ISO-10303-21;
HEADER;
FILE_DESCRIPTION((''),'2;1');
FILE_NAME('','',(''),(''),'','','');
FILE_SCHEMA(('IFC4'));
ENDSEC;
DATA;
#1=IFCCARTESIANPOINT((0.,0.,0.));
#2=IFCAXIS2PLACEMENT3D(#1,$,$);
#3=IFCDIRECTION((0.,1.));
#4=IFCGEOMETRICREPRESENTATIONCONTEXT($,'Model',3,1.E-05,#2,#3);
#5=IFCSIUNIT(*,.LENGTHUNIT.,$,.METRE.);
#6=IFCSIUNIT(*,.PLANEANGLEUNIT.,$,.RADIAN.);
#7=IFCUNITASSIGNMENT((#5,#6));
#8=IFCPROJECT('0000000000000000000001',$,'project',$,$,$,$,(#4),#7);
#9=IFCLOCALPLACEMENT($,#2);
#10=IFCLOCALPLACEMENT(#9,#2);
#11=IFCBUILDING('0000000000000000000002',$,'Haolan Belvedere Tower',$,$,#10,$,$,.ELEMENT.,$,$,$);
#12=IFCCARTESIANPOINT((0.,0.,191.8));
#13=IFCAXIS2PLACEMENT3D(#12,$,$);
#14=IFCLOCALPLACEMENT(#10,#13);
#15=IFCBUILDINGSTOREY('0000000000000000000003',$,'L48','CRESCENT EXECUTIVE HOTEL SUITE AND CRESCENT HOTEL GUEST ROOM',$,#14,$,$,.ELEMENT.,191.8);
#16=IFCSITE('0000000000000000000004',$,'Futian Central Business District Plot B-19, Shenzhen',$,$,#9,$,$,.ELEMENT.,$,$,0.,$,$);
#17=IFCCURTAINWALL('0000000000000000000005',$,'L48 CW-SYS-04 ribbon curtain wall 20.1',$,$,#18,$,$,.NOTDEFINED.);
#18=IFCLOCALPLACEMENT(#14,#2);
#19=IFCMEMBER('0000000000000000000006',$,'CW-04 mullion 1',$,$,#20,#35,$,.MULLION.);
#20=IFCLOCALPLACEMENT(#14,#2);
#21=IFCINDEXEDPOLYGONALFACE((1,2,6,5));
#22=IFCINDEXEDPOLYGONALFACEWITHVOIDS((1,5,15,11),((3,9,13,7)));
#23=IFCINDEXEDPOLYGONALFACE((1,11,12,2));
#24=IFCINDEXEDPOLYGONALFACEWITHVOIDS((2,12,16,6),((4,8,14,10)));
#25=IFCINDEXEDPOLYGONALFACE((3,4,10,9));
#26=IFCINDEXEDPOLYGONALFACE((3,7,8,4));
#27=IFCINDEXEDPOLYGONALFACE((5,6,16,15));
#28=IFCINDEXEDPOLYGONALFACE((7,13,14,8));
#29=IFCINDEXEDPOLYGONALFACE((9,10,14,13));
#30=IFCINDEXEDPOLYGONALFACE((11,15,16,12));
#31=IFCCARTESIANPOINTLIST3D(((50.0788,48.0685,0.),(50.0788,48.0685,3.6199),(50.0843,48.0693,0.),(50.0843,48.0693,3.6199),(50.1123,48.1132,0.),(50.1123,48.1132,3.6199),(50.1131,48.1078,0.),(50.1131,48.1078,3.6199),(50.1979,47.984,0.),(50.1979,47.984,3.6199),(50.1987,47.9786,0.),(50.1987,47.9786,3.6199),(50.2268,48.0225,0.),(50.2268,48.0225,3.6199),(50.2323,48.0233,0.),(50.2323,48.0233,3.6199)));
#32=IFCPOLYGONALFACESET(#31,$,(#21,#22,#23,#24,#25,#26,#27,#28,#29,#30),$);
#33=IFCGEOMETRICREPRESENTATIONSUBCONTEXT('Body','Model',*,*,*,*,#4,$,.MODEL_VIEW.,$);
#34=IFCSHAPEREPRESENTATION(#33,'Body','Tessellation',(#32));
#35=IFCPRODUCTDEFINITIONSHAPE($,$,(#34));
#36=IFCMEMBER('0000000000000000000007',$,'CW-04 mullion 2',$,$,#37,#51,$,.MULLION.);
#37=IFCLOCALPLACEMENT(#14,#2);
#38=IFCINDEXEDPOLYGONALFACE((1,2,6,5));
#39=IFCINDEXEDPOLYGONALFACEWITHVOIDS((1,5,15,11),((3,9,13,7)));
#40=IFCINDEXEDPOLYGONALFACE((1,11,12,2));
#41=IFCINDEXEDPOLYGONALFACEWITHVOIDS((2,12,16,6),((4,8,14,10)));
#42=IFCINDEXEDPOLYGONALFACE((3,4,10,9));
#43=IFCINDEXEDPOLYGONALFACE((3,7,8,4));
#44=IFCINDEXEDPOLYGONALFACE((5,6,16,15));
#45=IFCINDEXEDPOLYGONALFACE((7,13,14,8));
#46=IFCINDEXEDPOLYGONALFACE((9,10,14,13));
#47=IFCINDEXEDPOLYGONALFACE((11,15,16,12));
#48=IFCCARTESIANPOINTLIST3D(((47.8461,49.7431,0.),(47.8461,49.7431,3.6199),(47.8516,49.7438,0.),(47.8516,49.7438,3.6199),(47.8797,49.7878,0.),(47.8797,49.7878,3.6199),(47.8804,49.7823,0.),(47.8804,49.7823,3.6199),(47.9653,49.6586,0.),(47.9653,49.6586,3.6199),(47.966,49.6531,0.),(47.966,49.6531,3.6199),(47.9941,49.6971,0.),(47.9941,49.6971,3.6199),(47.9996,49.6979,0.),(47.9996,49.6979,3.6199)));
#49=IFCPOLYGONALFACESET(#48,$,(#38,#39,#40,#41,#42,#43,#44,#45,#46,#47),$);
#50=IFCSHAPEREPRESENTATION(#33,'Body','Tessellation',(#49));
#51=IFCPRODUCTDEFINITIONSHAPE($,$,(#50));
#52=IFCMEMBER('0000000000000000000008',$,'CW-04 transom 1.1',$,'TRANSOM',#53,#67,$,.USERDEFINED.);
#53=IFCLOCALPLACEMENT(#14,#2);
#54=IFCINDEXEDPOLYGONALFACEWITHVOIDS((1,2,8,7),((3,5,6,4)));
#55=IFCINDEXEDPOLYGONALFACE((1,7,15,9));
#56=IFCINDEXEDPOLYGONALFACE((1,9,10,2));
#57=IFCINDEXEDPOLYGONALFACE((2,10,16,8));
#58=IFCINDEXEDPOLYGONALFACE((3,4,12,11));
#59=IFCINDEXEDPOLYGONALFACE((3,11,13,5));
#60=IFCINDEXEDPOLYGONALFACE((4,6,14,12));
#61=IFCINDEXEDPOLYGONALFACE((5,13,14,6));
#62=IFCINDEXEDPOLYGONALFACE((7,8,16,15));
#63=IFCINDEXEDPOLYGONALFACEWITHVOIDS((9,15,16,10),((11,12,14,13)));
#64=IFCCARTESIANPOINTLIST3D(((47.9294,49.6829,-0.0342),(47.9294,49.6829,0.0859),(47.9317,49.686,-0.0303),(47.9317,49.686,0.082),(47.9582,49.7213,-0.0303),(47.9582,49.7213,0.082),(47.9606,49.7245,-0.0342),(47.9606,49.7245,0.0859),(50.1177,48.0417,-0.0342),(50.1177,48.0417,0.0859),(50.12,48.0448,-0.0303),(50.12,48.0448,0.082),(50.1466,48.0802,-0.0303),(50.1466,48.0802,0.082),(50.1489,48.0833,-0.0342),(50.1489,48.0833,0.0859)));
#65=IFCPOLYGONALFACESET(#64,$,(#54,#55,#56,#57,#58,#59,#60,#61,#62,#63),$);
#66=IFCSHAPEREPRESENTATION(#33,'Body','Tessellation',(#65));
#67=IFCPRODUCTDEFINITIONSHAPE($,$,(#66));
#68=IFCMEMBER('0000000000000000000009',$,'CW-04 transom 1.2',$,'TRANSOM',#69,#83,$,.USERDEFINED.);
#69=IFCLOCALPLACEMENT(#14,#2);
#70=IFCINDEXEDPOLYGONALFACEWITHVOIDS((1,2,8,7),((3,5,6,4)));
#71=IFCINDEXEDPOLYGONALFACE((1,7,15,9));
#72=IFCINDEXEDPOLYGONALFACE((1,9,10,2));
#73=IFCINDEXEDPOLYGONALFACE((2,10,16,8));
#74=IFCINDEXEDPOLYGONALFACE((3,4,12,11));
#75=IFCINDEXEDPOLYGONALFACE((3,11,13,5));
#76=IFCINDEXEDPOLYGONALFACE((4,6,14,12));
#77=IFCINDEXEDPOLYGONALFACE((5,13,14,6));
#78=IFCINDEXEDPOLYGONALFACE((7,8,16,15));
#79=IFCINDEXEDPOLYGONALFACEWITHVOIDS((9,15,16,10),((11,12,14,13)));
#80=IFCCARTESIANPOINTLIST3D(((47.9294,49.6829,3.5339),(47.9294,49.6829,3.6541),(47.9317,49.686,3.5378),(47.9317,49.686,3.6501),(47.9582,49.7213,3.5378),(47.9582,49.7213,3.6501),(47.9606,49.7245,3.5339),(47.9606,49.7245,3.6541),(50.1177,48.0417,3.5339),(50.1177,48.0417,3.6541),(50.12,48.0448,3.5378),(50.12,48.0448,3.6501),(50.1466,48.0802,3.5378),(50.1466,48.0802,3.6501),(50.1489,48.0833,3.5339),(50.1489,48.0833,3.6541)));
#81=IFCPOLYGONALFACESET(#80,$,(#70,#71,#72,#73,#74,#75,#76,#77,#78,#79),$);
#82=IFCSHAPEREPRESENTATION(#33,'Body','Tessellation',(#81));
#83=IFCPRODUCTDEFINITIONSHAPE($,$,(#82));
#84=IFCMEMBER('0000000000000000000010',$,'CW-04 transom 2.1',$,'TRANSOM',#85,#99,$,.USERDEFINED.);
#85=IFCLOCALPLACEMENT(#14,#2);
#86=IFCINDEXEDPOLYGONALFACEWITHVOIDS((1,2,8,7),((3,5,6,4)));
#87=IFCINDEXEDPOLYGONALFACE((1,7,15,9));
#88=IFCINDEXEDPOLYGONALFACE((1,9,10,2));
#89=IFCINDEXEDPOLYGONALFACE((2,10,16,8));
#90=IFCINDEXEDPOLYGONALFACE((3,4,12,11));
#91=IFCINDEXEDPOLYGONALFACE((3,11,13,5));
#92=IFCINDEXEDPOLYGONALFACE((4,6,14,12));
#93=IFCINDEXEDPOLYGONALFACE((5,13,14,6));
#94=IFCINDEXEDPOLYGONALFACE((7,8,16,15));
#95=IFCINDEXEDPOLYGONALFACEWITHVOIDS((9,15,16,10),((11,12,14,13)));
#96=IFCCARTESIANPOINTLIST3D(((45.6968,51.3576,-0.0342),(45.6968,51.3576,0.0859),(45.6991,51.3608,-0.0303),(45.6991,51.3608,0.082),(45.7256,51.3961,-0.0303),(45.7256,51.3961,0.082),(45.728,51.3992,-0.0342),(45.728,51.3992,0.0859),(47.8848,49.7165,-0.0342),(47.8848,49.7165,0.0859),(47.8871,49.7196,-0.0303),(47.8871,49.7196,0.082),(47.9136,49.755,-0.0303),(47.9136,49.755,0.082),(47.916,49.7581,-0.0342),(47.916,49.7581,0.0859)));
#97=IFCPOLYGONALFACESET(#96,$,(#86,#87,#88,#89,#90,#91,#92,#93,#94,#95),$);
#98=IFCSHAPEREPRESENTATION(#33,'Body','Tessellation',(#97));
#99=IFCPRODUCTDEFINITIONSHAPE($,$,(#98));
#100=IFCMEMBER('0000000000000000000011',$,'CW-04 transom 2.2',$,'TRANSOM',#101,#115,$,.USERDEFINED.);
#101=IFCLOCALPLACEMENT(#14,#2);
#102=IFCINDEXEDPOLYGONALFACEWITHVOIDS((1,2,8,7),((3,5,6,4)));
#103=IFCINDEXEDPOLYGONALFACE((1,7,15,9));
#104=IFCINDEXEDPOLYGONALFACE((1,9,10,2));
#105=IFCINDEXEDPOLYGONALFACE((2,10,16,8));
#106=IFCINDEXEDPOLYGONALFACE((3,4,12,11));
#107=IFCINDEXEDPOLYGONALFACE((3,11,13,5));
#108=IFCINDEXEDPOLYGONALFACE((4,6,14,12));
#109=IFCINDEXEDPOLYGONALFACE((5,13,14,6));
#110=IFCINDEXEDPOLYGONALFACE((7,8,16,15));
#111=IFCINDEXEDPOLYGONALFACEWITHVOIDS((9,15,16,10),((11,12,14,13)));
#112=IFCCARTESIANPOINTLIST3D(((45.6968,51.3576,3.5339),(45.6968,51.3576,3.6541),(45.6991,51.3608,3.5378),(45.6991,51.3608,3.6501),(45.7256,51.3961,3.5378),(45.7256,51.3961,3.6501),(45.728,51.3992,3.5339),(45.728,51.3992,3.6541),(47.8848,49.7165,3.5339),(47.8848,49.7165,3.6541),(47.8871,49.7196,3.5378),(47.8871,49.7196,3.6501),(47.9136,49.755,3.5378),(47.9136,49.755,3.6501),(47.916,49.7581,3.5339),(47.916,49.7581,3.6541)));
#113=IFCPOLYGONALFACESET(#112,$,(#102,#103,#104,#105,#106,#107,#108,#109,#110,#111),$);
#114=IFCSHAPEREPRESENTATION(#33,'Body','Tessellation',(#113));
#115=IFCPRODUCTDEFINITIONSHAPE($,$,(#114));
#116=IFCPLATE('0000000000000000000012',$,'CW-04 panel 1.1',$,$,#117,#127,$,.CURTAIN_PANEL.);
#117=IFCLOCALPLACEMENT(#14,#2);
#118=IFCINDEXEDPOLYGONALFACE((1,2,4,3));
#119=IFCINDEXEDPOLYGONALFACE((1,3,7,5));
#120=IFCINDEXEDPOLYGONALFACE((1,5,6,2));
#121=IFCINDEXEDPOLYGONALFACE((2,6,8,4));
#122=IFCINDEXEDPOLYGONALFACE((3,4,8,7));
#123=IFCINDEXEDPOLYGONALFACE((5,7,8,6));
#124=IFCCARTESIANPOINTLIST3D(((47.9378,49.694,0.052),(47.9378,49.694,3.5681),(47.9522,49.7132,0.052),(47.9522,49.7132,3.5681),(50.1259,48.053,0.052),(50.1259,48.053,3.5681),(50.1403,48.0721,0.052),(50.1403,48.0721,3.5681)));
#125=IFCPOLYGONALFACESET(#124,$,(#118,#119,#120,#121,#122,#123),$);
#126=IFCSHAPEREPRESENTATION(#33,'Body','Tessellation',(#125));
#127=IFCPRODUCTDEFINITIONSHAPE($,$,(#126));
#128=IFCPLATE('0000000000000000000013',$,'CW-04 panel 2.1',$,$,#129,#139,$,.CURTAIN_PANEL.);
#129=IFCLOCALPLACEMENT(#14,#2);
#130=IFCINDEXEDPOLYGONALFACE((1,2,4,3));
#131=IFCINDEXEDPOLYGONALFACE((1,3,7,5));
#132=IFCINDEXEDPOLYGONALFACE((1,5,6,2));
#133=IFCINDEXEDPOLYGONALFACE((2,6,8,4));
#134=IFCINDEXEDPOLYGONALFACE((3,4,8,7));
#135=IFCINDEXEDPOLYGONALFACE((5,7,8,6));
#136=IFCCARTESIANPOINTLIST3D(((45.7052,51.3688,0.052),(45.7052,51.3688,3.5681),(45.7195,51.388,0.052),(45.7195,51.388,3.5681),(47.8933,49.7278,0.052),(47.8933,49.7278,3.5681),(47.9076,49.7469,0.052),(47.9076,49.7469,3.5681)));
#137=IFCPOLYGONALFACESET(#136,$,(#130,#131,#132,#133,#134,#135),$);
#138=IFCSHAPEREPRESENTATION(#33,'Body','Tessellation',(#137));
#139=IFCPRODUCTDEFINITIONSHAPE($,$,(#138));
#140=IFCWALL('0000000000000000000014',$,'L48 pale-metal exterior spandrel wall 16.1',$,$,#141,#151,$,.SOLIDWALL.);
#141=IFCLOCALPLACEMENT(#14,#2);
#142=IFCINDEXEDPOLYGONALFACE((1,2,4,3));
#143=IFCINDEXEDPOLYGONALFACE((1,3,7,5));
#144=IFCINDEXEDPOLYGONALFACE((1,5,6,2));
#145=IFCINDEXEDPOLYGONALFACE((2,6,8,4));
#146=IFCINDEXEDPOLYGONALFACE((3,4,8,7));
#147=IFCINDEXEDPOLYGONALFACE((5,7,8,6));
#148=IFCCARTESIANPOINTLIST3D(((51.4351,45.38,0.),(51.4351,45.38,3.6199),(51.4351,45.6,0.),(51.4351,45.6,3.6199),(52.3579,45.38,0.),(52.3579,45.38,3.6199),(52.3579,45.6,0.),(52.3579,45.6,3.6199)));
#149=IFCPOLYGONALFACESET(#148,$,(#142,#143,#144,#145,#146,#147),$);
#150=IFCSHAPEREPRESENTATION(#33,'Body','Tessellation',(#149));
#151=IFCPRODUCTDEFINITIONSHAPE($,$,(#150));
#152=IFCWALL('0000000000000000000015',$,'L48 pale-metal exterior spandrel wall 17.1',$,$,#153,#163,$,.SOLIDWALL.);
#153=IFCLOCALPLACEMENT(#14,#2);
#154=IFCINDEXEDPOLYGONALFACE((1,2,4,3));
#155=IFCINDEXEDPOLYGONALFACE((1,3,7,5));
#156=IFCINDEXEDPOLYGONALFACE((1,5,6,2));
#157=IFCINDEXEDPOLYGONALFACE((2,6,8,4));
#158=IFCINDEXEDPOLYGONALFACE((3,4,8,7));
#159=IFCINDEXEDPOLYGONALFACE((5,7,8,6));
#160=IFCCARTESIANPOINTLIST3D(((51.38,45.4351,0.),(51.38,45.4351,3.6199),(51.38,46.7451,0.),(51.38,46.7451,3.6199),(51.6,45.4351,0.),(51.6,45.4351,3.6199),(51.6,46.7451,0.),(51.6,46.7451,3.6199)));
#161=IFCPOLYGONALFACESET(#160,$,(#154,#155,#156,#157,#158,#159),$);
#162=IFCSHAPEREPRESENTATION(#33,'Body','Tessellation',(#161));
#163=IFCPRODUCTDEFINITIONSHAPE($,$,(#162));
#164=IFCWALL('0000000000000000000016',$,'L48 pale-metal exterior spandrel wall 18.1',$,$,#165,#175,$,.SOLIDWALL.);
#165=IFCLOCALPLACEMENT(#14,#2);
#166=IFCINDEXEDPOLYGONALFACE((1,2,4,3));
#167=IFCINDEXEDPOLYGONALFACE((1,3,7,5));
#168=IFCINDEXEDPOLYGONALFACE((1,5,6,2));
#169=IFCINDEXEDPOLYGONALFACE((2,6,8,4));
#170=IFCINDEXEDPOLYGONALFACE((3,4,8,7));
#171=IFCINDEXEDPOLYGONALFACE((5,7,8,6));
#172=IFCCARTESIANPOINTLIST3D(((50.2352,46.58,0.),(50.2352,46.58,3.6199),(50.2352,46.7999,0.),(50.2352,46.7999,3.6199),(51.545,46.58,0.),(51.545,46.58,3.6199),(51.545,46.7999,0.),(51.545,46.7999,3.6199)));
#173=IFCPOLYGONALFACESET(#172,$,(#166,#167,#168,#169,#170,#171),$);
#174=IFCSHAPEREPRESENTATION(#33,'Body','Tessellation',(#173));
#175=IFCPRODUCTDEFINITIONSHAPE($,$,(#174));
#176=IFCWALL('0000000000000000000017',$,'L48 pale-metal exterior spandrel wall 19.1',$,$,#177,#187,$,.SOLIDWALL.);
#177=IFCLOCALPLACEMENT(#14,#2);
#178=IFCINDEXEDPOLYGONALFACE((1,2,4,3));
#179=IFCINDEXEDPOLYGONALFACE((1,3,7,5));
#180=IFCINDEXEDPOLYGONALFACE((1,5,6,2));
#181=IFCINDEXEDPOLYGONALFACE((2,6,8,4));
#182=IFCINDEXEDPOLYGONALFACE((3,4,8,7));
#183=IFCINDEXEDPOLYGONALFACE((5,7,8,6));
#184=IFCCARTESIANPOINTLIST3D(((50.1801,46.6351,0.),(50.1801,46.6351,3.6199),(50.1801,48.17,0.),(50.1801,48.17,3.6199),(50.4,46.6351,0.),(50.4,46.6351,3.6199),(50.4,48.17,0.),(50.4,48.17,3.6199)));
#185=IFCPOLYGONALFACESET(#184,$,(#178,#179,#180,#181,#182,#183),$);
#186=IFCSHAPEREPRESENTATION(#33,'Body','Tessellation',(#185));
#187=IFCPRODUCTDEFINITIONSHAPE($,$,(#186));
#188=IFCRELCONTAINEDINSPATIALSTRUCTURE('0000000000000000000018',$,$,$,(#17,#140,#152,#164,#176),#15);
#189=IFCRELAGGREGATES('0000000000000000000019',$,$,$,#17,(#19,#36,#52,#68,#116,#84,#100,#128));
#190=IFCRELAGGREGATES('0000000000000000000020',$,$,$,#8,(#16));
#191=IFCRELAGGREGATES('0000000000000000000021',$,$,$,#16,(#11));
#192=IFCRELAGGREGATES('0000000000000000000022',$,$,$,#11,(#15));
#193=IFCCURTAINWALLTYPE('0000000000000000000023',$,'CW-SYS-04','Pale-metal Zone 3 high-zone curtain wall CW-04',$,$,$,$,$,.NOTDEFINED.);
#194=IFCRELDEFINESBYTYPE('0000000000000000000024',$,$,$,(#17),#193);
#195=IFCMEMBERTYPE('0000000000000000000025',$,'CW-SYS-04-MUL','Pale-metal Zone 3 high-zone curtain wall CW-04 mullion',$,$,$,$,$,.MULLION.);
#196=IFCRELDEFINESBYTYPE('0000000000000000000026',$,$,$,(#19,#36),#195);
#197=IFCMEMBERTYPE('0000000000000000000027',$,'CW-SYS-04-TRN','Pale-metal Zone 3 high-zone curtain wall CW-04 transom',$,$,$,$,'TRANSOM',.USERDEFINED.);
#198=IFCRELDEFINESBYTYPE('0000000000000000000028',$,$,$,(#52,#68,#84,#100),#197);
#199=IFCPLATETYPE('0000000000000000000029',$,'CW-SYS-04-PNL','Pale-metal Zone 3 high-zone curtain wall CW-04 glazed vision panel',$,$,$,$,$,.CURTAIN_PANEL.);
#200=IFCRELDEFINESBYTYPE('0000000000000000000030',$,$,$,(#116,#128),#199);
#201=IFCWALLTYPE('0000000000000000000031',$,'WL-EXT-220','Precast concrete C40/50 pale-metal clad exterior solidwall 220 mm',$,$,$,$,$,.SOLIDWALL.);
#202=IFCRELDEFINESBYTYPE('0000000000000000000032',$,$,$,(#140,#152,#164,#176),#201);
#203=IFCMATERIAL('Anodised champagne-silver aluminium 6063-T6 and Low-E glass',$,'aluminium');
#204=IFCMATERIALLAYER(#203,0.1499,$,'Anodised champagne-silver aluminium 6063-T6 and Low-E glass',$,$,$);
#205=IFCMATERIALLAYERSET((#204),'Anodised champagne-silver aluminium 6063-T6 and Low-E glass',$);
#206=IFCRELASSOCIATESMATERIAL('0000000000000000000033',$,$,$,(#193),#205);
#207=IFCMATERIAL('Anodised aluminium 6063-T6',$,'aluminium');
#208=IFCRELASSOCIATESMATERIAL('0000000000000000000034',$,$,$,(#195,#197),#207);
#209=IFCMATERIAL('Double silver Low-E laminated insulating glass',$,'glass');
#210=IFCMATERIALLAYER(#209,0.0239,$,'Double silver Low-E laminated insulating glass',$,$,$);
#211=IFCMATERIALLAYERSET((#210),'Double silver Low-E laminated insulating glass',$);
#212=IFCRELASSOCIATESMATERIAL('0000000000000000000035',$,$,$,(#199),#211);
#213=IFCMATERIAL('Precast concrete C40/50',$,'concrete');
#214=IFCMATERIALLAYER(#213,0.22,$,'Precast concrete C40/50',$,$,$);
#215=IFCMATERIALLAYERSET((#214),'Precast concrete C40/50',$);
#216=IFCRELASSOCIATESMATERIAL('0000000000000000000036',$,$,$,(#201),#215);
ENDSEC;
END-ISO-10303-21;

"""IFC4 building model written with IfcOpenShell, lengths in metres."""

from ifc_helpers import new_model, si_unit, direction, frame, frame_2d, origin, origin_2d, place, context, subcontext, project, spatial, rectangle, hollow_rectangle, extrude, material, layer, layer_set, material_profile, profile_set, type_object, element, aggregate, save


model = new_model("IFC4")

# Units and contexts
model_context = context("Model", 3, precision=1e-05, world=origin(), true_north=direction((0.0, 1.0)))
body_context = subcontext(model_context, "Body", "Model", "MODEL_VIEW")
ifc_project = project(units=[si_unit("LENGTHUNIT", "METRE"), si_unit("PLANEANGLEUNIT", "RADIAN")], contexts=[model_context])

# Site, building, storey
site_placement = place(None, origin())
site = spatial("IfcSite", under=ifc_project, at=site_placement, Name="Futian Central Business District Plot B-19, Shenzhen", CompositionType="ELEMENT", RefElevation=0.0)
building_placement = place(site_placement, origin())
building = spatial("IfcBuilding", under=site, at=building_placement, Name="Haolan Belvedere Tower", CompositionType="ELEMENT")
storey_placement = place(building_placement, frame((0.0, 0.0, 191.8)))
storey = spatial("IfcBuildingStorey", under=building, at=storey_placement, Name="L48", Description="CRESCENT EXECUTIVE HOTEL SUITE AND CRESCENT HOTEL GUEST ROOM", CompositionType="ELEMENT", Elevation=191.8)

# Curtain wall, members, plates
ifc_material_1 = material(Name="Anodised champagne-silver aluminium 6063-T6 and Low-E glass", Category="aluminium")
ifc_layer_1 = layer(ifc_material_1, 0.1499, Name="Anodised champagne-silver aluminium 6063-T6 and Low-E glass")
ifc_layer_set_1 = layer_set([ifc_layer_1], Name="Anodised champagne-silver aluminium 6063-T6 and Low-E glass")
curtain_wall_type = type_object("IfcCurtainWallType", Name="CW-SYS-04", Description="Pale-metal Zone 3 high-zone curtain wall CW-04", PredefinedType="NOTDEFINED", material=ifc_layer_set_1)
curtain_wall_placement = place(storey_placement, origin())
curtain_wall = element("IfcCurtainWall", 1, at=curtain_wall_placement, inside=storey, type_object=curtain_wall_type, Name="L48 CW-SYS-04 ribbon curtain wall 20.1", PredefinedType="NOTDEFINED")
ifc_material_2 = material(Name="Anodised aluminium 6063-T6", Category="aluminium")
ifc_material_profile_1 = material_profile(ifc_material_2, hollow_rectangle(XDim=0.0559, YDim=0.1499, WallThickness=0.0039, at=origin_2d()), Name="Anodised aluminium 6063-T6")
ifc_profile_set_1 = profile_set([ifc_material_profile_1], Name="Anodised aluminium 6063-T6")
member_type_1 = type_object("IfcMemberType", Name="CW-SYS-04-MUL", Description="Pale-metal Zone 3 high-zone curtain wall CW-04 mullion", PredefinedType="MULLION", material=ifc_profile_set_1)
member_1_placement = place(storey_placement, frame((50.1555, 48.0459, 0.0), z_axis=(0.0, 0.0, 1.0), x_axis=(-0.600003, -0.799998, 0.0)))
member_1 = element("IfcMember", 2, at=member_1_placement, type_object=member_type_1, Name="CW-04 mullion 1", PredefinedType="MULLION", context=body_context, shape_type="SweptSolid", body=[
    extrude(hollow_rectangle(XDim=0.0559, YDim=0.1499, WallThickness=0.0039, at=origin_2d()), origin(), (0.0, 0.0, 1.0), 3.6199),
])
member_2_placement = place(storey_placement, frame((47.9229, 49.7205, 0.0), z_axis=(0.0, 0.0, 1.0), x_axis=(-0.600003, -0.799998, 0.0)))
member_2 = element("IfcMember", 3, at=member_2_placement, type_object=member_type_1, Name="CW-04 mullion 2", PredefinedType="MULLION", context=body_context, shape_type="SweptSolid", body=[
    extrude(hollow_rectangle(XDim=0.0559, YDim=0.1499, WallThickness=0.0039, at=origin_2d()), origin(), (0.0, 0.0, 1.0), 3.6199),
])
ifc_material_profile_2 = material_profile(ifc_material_2, hollow_rectangle(XDim=0.052, YDim=0.1201, WallThickness=0.0039, at=origin_2d()), Name="Anodised aluminium 6063-T6")
ifc_profile_set_2 = profile_set([ifc_material_profile_2], Name="Anodised aluminium 6063-T6")
member_type_2 = type_object("IfcMemberType", Name="CW-SYS-04-TRN", Description="Pale-metal Zone 3 high-zone curtain wall CW-04 transom", ElementType="TRANSOM", PredefinedType="USERDEFINED", material=ifc_profile_set_2)
member_3_placement = place(storey_placement, frame((50.1333, 48.0625, 0.0259), z_axis=(-0.800011, 0.599986, 0.0), x_axis=(-0.599986, -0.800011, 0.0)))
member_3 = element("IfcMember", 4, at=member_3_placement, type_object=member_type_2, Name="CW-04 transom 1.1", ObjectType="TRANSOM", PredefinedType="USERDEFINED", context=body_context, shape_type="SweptSolid", body=[
    extrude(hollow_rectangle(XDim=0.052, YDim=0.1201, WallThickness=0.0039, at=origin_2d()), origin(), (0.0, 0.0, 1.0), 2.7354),
])
member_4_placement = place(storey_placement, frame((50.1333, 48.0625, 3.594), z_axis=(-0.800011, 0.599986, 0.0), x_axis=(-0.599986, -0.800011, 0.0)))
member_4 = element("IfcMember", 5, at=member_4_placement, type_object=member_type_2, Name="CW-04 transom 1.2", ObjectType="TRANSOM", PredefinedType="USERDEFINED", context=body_context, shape_type="SweptSolid", body=[
    extrude(hollow_rectangle(XDim=0.052, YDim=0.1201, WallThickness=0.0039, at=origin_2d()), origin(), (0.0, 0.0, 1.0), 2.7354),
])
member_5_placement = place(storey_placement, frame((47.9004, 49.7373, 0.0259), z_axis=(-0.799979, 0.600029, 0.0), x_axis=(-0.600029, -0.799979, 0.0)))
member_5 = element("IfcMember", 6, at=member_5_placement, type_object=member_type_2, Name="CW-04 transom 2.1", ObjectType="TRANSOM", PredefinedType="USERDEFINED", context=body_context, shape_type="SweptSolid", body=[
    extrude(hollow_rectangle(XDim=0.052, YDim=0.1201, WallThickness=0.0039, at=origin_2d()), origin(), (0.0, 0.0, 1.0), 2.7351),
])
member_6_placement = place(storey_placement, frame((47.9004, 49.7373, 3.594), z_axis=(-0.799979, 0.600029, 0.0), x_axis=(-0.600029, -0.799979, 0.0)))
member_6 = element("IfcMember", 7, at=member_6_placement, type_object=member_type_2, Name="CW-04 transom 2.2", ObjectType="TRANSOM", PredefinedType="USERDEFINED", context=body_context, shape_type="SweptSolid", body=[
    extrude(hollow_rectangle(XDim=0.052, YDim=0.1201, WallThickness=0.0039, at=origin_2d()), origin(), (0.0, 0.0, 1.0), 2.7351),
])
ifc_material_3 = material(Name="Double silver Low-E laminated insulating glass", Category="glass")
ifc_layer_2 = layer(ifc_material_3, 0.0239, Name="Double silver Low-E laminated insulating glass")
ifc_layer_set_2 = layer_set([ifc_layer_2], Name="Double silver Low-E laminated insulating glass")
plate_type = type_object("IfcPlateType", Name="CW-SYS-04-PNL", Description="Pale-metal Zone 3 high-zone curtain wall CW-04 glazed vision panel", PredefinedType="CURTAIN_PANEL", material=ifc_layer_set_2)
plate_1_placement = place(storey_placement, frame((49.0391, 48.8831, 0.052), z_axis=(0.0, 0.0, 1.0), x_axis=(-0.799998, 0.600003, 0.0)))
plate_1 = element("IfcPlate", 8, at=plate_1_placement, type_object=plate_type, Name="CW-04 panel 1.1", PredefinedType="CURTAIN_PANEL", context=body_context, shape_type="SweptSolid", body=[
    extrude(rectangle(XDim=2.7351, YDim=0.0239, at=origin_2d()), origin(), (0.0, 0.0, 1.0), 3.5161),
])
plate_2_placement = place(storey_placement, frame((46.8064, 50.5579, 0.052), z_axis=(0.0, 0.0, 1.0), x_axis=(-0.799998, 0.600003, 0.0)))
plate_2 = element("IfcPlate", 9, at=plate_2_placement, type_object=plate_type, Name="CW-04 panel 2.1", PredefinedType="CURTAIN_PANEL", context=body_context, shape_type="SweptSolid", body=[
    extrude(rectangle(XDim=2.7351, YDim=0.0239, at=origin_2d()), origin(), (0.0, 0.0, 1.0), 3.5161),
])
aggregate(curtain_wall, [member_1, member_2, member_3, member_4, plate_1, member_5, member_6, plate_2])

# Walls
ifc_material_4 = material(Name="Precast concrete C40/50", Category="concrete")
ifc_layer_3 = layer(ifc_material_4, 0.22, Name="Precast concrete C40/50")
ifc_layer_set_3 = layer_set([ifc_layer_3], Name="Precast concrete C40/50")
wall_type_1 = type_object("IfcWallType", Name="WL-EXT-220", Description="Precast concrete C40/50 pale-metal clad exterior solidwall 220 mm", PredefinedType="SOLIDWALL", material=ifc_layer_set_3)
wall_1_placement = place(storey_placement, frame((52.3579, 45.49, 0.0), z_axis=(0.0, 0.0, 1.0), x_axis=(-1.0, 0.0, 0.0)))
element("IfcWall", 10, at=wall_1_placement, inside=storey, type_object=wall_type_1, Name="L48 pale-metal exterior spandrel wall 16.1", PredefinedType="SOLIDWALL", context=body_context, shape_type="SweptSolid", body=[
    extrude(rectangle(XDim=0.9229, YDim=0.22, at=frame_2d((0.4614, 0.0))), origin(), (0.0, 0.0, 1.0), 3.6199),
])
wall_2_placement = place(storey_placement, frame((51.49, 45.4351, 0.0), z_axis=(0.0, 0.0, 1.0), x_axis=(0.0, 1.0, 0.0)))
element("IfcWall", 11, at=wall_2_placement, inside=storey, type_object=wall_type_1, Name="L48 pale-metal exterior spandrel wall 17.1", PredefinedType="SOLIDWALL", context=body_context, shape_type="SweptSolid", body=[
    extrude(rectangle(XDim=1.3101, YDim=0.22, at=frame_2d((0.655, 0.0))), origin(), (0.0, 0.0, 1.0), 3.6199),
])
wall_3_placement = place(storey_placement, frame((51.5449, 46.6899, 0.0), z_axis=(0.0, 0.0, 1.0), x_axis=(-1.0, 0.0, 0.0)))
element("IfcWall", 12, at=wall_3_placement, inside=storey, type_object=wall_type_1, Name="L48 pale-metal exterior spandrel wall 18.1", PredefinedType="SOLIDWALL", context=body_context, shape_type="SweptSolid", body=[
    extrude(rectangle(XDim=1.3098, YDim=0.22, at=frame_2d((0.6548, 0.0))), origin(), (0.0, 0.0, 1.0), 3.6199),
])
wall_4_placement = place(storey_placement, frame((50.29, 46.635, 0.0), z_axis=(0.0, 0.0, 1.0), x_axis=(0.0, 1.0, 0.0)))
element("IfcWall", 13, at=wall_4_placement, inside=storey, type_object=wall_type_1, Name="L48 pale-metal exterior spandrel wall 19.1", PredefinedType="SOLIDWALL", context=body_context, shape_type="SweptSolid", body=[
    extrude(rectangle(XDim=1.5349, YDim=0.22, at=frame_2d((0.7676, 0.0))), origin(), (0.0, 0.0, 1.0), 3.6199),
])

save(model, "model.ifc")
